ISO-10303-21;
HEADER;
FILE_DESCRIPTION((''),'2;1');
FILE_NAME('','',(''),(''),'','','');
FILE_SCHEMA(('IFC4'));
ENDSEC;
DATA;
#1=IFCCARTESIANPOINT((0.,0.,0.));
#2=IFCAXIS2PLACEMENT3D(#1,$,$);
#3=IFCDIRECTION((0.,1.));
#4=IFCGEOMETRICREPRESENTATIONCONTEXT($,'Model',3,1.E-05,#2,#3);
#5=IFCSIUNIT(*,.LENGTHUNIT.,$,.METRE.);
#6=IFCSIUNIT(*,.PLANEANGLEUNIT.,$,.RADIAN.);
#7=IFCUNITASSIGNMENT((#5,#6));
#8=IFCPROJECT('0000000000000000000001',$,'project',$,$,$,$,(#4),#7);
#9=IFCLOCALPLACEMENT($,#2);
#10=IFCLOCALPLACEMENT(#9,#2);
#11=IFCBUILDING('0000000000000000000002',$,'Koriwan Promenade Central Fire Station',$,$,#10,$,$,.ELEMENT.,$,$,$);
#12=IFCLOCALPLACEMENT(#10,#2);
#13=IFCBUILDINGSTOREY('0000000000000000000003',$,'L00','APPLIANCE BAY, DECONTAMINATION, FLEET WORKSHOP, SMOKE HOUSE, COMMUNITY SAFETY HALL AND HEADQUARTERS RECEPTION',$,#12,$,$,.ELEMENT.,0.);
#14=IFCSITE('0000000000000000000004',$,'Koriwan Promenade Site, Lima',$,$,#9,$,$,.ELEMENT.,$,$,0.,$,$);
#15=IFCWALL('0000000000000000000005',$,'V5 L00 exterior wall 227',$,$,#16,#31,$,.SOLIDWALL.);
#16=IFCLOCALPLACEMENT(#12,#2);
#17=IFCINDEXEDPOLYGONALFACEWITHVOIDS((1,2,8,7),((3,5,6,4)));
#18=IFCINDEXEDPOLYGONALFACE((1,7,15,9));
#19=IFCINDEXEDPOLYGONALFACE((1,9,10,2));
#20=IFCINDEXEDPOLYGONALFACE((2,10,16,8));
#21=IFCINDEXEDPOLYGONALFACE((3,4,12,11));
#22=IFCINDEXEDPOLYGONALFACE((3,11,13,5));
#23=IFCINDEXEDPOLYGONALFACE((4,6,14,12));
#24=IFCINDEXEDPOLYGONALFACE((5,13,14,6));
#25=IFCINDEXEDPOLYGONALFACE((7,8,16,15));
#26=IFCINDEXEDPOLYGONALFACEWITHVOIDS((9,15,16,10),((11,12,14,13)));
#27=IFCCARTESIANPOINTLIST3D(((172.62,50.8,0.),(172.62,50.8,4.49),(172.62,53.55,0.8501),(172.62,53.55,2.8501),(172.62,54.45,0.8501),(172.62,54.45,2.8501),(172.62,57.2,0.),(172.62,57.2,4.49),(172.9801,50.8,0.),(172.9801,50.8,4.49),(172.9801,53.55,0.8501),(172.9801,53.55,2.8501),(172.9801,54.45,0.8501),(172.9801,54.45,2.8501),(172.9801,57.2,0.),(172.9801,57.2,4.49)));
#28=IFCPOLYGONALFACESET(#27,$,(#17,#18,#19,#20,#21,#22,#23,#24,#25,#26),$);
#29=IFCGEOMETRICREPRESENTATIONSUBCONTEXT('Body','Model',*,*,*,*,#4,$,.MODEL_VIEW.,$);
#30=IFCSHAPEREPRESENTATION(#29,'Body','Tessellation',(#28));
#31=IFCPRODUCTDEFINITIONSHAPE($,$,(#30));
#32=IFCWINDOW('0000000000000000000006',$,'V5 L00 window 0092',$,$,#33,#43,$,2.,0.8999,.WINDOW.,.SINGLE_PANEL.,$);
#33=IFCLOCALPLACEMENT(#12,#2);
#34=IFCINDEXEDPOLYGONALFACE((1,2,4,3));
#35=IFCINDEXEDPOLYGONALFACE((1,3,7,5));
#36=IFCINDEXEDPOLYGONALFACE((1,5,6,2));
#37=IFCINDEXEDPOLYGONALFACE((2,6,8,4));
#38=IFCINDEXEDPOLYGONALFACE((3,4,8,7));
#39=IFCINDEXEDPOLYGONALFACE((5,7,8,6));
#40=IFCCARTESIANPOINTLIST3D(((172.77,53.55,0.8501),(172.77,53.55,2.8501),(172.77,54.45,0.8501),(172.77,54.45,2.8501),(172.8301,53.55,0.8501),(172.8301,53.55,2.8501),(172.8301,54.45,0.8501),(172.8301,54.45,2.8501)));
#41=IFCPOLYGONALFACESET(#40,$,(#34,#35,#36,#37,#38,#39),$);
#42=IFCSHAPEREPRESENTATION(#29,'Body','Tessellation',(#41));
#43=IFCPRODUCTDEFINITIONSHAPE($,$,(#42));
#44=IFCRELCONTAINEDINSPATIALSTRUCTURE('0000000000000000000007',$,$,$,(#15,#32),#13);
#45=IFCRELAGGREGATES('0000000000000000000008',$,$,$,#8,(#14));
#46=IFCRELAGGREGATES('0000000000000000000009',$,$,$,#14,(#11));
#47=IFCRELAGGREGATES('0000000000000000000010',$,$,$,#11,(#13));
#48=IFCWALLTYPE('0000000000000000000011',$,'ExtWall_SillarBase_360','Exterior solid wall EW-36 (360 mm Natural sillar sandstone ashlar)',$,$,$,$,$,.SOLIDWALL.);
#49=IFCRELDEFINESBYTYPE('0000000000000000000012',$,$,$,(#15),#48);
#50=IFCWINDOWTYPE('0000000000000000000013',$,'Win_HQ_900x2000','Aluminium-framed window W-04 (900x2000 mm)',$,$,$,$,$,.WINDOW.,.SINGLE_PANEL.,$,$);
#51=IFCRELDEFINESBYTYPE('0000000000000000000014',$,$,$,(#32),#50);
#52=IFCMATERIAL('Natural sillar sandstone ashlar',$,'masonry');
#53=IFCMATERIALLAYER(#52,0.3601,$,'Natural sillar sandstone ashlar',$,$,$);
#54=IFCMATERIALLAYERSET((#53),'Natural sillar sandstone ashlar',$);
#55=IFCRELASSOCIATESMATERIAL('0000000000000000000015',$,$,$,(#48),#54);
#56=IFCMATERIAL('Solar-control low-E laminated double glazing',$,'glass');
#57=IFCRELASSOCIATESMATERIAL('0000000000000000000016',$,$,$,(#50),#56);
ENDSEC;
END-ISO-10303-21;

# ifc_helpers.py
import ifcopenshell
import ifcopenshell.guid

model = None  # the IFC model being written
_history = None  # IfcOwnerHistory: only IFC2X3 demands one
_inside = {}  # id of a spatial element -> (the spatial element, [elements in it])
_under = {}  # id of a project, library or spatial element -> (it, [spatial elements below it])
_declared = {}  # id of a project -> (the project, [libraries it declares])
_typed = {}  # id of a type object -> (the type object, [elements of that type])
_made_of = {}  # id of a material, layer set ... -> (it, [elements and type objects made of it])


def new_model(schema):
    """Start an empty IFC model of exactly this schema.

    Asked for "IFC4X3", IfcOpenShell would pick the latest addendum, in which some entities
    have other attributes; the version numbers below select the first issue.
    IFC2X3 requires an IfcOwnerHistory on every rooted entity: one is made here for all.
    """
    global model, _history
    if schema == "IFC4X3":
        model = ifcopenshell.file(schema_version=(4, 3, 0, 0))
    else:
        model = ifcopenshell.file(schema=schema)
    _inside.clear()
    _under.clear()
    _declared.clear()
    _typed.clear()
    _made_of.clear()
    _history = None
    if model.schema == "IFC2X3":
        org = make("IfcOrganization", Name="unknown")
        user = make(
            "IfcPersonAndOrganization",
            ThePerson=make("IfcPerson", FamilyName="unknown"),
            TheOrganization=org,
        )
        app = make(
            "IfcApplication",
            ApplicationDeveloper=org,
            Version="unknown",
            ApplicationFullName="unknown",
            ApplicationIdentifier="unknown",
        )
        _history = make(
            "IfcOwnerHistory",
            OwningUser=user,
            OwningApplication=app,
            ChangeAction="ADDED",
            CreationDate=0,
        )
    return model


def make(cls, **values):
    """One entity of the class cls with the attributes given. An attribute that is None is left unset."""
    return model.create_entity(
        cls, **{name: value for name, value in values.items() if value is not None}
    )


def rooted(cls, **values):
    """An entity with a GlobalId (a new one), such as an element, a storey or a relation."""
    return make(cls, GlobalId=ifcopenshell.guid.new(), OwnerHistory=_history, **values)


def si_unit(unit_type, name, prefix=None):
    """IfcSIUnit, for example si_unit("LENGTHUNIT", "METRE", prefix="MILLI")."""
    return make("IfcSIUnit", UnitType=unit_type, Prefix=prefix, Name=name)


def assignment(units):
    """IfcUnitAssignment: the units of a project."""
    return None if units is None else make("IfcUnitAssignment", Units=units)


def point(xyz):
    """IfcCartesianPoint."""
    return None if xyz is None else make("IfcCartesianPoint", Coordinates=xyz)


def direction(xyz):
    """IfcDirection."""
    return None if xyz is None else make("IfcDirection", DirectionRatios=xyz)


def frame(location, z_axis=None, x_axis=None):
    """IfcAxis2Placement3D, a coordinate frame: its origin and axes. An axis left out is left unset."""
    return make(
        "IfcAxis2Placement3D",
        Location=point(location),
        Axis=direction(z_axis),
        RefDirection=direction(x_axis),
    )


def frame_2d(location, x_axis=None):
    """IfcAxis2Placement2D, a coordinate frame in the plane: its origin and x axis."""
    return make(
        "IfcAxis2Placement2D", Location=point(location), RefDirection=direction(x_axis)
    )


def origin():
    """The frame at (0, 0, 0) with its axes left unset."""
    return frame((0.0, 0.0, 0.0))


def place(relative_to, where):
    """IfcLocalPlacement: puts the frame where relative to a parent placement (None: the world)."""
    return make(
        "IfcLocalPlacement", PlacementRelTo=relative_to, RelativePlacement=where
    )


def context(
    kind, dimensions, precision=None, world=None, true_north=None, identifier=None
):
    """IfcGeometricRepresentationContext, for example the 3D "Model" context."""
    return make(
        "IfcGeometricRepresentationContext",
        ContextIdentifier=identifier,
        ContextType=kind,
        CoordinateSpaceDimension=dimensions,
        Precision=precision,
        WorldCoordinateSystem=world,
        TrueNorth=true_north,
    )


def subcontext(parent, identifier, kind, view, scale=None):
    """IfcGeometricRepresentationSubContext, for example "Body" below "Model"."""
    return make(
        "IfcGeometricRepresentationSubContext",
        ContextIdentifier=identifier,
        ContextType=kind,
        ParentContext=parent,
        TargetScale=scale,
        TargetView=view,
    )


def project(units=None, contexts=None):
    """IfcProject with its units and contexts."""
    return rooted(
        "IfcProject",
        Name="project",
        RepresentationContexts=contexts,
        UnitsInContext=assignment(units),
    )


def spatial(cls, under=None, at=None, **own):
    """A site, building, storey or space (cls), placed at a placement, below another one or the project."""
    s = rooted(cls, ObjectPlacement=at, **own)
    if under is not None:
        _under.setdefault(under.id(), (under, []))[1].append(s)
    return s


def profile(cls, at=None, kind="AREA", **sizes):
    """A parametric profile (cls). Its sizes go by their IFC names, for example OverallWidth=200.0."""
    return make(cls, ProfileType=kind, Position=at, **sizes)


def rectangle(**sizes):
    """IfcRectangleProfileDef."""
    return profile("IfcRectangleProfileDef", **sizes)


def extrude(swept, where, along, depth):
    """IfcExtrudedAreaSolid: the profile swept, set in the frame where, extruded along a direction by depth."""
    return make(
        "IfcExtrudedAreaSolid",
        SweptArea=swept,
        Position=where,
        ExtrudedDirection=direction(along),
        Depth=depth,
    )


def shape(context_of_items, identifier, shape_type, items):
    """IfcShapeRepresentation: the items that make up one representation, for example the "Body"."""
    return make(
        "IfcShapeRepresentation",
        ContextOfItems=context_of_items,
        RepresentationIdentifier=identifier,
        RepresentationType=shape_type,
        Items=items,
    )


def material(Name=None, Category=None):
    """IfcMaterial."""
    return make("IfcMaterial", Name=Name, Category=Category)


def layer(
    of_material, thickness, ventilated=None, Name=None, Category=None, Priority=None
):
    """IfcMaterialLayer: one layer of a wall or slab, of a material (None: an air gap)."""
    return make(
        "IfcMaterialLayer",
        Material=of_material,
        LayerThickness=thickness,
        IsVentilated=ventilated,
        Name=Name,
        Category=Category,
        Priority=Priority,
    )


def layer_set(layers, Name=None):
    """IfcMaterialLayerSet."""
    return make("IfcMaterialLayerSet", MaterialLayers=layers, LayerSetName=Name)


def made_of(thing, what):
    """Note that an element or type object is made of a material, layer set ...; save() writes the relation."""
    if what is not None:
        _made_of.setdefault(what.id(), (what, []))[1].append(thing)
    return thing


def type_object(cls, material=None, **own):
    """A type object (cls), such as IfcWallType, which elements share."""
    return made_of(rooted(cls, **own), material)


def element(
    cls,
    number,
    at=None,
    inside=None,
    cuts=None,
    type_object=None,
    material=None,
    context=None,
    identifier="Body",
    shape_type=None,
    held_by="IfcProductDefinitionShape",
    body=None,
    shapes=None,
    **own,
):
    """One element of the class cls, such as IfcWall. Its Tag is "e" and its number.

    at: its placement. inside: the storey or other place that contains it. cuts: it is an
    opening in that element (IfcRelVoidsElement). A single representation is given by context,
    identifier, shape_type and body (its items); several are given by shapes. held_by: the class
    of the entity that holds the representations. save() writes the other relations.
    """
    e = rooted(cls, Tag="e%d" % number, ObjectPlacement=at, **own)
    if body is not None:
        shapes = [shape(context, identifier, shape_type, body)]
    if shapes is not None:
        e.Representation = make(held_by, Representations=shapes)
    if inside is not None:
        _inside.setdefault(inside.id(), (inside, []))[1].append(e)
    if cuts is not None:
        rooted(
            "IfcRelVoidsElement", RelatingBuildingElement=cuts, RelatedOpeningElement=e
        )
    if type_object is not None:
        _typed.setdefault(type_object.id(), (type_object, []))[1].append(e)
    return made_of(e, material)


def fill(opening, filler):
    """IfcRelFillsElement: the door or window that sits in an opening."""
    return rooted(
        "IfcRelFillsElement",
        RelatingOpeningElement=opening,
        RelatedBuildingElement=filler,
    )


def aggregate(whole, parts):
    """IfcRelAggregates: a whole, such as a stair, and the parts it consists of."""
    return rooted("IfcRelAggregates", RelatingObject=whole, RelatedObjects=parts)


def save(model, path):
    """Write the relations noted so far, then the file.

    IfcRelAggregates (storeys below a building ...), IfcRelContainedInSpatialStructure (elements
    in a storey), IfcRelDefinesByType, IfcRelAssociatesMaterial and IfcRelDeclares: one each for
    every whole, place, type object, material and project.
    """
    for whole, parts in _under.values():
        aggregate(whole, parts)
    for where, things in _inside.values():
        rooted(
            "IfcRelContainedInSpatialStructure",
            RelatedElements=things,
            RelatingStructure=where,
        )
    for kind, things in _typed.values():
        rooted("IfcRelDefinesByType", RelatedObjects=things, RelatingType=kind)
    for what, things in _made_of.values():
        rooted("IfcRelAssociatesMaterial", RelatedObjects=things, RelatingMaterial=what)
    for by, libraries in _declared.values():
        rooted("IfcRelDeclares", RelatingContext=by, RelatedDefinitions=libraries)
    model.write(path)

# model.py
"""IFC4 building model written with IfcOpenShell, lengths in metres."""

from ifc_helpers import new_model, si_unit, direction, frame, frame_2d, origin, place, context, subcontext, project, spatial, rectangle, extrude, material, layer, layer_set, type_object, element, fill, save


model = new_model("IFC4")

# Units and contexts
model_context = context("Model", 3, precision=1e-05, world=origin(), true_north=direction((0.0, 1.0)))
body_context = subcontext(model_context, "Body", "Model", "MODEL_VIEW")
ifc_project = project(units=[si_unit("LENGTHUNIT", "METRE"), si_unit("PLANEANGLEUNIT", "RADIAN")], contexts=[model_context])

# Site, building, storey
site_placement = place(None, origin())
site = spatial("IfcSite", under=ifc_project, at=site_placement, Name="Koriwan Promenade Site, Lima", CompositionType="ELEMENT", RefElevation=0.0)
building_placement = place(site_placement, origin())
building = spatial("IfcBuilding", under=site, at=building_placement, Name="Koriwan Promenade Central Fire Station", CompositionType="ELEMENT")
storey_placement = place(building_placement, origin())
storey = spatial("IfcBuildingStorey", under=building, at=storey_placement, Name="L00", Description="APPLIANCE BAY, DECONTAMINATION, FLEET WORKSHOP, SMOKE HOUSE, COMMUNITY SAFETY HALL AND HEADQUARTERS RECEPTION", CompositionType="ELEMENT", Elevation=0.0)

# Wall, opening, window
ifc_material_1 = material(Name="Natural sillar sandstone ashlar", Category="masonry")
ifc_layer_1 = layer(ifc_material_1, 0.3601, Name="Natural sillar sandstone ashlar")
ifc_layer_set_1 = layer_set([ifc_layer_1], Name="Natural sillar sandstone ashlar")
wall_type = type_object("IfcWallType", Name="ExtWall_SillarBase_360", Description="Exterior solid wall EW-36 (360 mm Natural sillar sandstone ashlar)", PredefinedType="SOLIDWALL", material=ifc_layer_set_1)
wall_placement = place(storey_placement, frame((172.8, 57.2, 0.0), z_axis=(0.0, 0.0, 1.0), x_axis=(0.0, -1.0, 0.0)))
wall = element("IfcWall", 1, at=wall_placement, inside=storey, type_object=wall_type, Name="V5 L00 exterior wall 227", PredefinedType="SOLIDWALL", context=body_context, shape_type="SweptSolid", body=[
    extrude(rectangle(XDim=6.3999, YDim=0.3601, at=frame_2d((3.2, 0.0))), origin(), (0.0, 0.0, 1.0), 4.49),
])
opening_placement = place(wall_placement, frame((2.75, 0.0, 0.8501)))
opening = element("IfcOpeningElement", 2, at=opening_placement, cuts=wall, PredefinedType="OPENING", context=body_context, shape_type="SweptSolid", body=[
    extrude(rectangle(XDim=0.8999, YDim=2.0, at=frame_2d((0.45, 1.0))), frame((0.0, 0.1919, 0.0), z_axis=(0.0, -1.0, 0.0), x_axis=(1.0, 0.0, 0.0)), (0.0, 0.0, 1.0), 0.384),
])
ifc_material_2 = material(Name="Solar-control low-E laminated double glazing", Category="glass")
window_type = type_object("IfcWindowType", Name="Win_HQ_900x2000", Description="Aluminium-framed window W-04 (900x2000 mm)", PartitioningType="SINGLE_PANEL", PredefinedType="WINDOW", material=ifc_material_2)
window_placement = place(opening_placement, origin())
window = element("IfcWindow", 3, at=window_placement, inside=storey, type_object=window_type, Name="V5 L00 window 0092", OverallHeight=2.0, OverallWidth=0.8999, PartitioningType="SINGLE_PANEL", PredefinedType="WINDOW", context=body_context, shape_type="SweptSolid", body=[
    extrude(rectangle(XDim=0.8999, YDim=2.0, at=frame_2d((0.45, 1.0))), frame((0.0, 0.03, 0.0), z_axis=(0.0, -1.0, 0.0), x_axis=(1.0, 0.0, 0.0)), (0.0, 0.0, 1.0), 0.0601),
])
fill(opening, window)

save(model, "model.ifc")
